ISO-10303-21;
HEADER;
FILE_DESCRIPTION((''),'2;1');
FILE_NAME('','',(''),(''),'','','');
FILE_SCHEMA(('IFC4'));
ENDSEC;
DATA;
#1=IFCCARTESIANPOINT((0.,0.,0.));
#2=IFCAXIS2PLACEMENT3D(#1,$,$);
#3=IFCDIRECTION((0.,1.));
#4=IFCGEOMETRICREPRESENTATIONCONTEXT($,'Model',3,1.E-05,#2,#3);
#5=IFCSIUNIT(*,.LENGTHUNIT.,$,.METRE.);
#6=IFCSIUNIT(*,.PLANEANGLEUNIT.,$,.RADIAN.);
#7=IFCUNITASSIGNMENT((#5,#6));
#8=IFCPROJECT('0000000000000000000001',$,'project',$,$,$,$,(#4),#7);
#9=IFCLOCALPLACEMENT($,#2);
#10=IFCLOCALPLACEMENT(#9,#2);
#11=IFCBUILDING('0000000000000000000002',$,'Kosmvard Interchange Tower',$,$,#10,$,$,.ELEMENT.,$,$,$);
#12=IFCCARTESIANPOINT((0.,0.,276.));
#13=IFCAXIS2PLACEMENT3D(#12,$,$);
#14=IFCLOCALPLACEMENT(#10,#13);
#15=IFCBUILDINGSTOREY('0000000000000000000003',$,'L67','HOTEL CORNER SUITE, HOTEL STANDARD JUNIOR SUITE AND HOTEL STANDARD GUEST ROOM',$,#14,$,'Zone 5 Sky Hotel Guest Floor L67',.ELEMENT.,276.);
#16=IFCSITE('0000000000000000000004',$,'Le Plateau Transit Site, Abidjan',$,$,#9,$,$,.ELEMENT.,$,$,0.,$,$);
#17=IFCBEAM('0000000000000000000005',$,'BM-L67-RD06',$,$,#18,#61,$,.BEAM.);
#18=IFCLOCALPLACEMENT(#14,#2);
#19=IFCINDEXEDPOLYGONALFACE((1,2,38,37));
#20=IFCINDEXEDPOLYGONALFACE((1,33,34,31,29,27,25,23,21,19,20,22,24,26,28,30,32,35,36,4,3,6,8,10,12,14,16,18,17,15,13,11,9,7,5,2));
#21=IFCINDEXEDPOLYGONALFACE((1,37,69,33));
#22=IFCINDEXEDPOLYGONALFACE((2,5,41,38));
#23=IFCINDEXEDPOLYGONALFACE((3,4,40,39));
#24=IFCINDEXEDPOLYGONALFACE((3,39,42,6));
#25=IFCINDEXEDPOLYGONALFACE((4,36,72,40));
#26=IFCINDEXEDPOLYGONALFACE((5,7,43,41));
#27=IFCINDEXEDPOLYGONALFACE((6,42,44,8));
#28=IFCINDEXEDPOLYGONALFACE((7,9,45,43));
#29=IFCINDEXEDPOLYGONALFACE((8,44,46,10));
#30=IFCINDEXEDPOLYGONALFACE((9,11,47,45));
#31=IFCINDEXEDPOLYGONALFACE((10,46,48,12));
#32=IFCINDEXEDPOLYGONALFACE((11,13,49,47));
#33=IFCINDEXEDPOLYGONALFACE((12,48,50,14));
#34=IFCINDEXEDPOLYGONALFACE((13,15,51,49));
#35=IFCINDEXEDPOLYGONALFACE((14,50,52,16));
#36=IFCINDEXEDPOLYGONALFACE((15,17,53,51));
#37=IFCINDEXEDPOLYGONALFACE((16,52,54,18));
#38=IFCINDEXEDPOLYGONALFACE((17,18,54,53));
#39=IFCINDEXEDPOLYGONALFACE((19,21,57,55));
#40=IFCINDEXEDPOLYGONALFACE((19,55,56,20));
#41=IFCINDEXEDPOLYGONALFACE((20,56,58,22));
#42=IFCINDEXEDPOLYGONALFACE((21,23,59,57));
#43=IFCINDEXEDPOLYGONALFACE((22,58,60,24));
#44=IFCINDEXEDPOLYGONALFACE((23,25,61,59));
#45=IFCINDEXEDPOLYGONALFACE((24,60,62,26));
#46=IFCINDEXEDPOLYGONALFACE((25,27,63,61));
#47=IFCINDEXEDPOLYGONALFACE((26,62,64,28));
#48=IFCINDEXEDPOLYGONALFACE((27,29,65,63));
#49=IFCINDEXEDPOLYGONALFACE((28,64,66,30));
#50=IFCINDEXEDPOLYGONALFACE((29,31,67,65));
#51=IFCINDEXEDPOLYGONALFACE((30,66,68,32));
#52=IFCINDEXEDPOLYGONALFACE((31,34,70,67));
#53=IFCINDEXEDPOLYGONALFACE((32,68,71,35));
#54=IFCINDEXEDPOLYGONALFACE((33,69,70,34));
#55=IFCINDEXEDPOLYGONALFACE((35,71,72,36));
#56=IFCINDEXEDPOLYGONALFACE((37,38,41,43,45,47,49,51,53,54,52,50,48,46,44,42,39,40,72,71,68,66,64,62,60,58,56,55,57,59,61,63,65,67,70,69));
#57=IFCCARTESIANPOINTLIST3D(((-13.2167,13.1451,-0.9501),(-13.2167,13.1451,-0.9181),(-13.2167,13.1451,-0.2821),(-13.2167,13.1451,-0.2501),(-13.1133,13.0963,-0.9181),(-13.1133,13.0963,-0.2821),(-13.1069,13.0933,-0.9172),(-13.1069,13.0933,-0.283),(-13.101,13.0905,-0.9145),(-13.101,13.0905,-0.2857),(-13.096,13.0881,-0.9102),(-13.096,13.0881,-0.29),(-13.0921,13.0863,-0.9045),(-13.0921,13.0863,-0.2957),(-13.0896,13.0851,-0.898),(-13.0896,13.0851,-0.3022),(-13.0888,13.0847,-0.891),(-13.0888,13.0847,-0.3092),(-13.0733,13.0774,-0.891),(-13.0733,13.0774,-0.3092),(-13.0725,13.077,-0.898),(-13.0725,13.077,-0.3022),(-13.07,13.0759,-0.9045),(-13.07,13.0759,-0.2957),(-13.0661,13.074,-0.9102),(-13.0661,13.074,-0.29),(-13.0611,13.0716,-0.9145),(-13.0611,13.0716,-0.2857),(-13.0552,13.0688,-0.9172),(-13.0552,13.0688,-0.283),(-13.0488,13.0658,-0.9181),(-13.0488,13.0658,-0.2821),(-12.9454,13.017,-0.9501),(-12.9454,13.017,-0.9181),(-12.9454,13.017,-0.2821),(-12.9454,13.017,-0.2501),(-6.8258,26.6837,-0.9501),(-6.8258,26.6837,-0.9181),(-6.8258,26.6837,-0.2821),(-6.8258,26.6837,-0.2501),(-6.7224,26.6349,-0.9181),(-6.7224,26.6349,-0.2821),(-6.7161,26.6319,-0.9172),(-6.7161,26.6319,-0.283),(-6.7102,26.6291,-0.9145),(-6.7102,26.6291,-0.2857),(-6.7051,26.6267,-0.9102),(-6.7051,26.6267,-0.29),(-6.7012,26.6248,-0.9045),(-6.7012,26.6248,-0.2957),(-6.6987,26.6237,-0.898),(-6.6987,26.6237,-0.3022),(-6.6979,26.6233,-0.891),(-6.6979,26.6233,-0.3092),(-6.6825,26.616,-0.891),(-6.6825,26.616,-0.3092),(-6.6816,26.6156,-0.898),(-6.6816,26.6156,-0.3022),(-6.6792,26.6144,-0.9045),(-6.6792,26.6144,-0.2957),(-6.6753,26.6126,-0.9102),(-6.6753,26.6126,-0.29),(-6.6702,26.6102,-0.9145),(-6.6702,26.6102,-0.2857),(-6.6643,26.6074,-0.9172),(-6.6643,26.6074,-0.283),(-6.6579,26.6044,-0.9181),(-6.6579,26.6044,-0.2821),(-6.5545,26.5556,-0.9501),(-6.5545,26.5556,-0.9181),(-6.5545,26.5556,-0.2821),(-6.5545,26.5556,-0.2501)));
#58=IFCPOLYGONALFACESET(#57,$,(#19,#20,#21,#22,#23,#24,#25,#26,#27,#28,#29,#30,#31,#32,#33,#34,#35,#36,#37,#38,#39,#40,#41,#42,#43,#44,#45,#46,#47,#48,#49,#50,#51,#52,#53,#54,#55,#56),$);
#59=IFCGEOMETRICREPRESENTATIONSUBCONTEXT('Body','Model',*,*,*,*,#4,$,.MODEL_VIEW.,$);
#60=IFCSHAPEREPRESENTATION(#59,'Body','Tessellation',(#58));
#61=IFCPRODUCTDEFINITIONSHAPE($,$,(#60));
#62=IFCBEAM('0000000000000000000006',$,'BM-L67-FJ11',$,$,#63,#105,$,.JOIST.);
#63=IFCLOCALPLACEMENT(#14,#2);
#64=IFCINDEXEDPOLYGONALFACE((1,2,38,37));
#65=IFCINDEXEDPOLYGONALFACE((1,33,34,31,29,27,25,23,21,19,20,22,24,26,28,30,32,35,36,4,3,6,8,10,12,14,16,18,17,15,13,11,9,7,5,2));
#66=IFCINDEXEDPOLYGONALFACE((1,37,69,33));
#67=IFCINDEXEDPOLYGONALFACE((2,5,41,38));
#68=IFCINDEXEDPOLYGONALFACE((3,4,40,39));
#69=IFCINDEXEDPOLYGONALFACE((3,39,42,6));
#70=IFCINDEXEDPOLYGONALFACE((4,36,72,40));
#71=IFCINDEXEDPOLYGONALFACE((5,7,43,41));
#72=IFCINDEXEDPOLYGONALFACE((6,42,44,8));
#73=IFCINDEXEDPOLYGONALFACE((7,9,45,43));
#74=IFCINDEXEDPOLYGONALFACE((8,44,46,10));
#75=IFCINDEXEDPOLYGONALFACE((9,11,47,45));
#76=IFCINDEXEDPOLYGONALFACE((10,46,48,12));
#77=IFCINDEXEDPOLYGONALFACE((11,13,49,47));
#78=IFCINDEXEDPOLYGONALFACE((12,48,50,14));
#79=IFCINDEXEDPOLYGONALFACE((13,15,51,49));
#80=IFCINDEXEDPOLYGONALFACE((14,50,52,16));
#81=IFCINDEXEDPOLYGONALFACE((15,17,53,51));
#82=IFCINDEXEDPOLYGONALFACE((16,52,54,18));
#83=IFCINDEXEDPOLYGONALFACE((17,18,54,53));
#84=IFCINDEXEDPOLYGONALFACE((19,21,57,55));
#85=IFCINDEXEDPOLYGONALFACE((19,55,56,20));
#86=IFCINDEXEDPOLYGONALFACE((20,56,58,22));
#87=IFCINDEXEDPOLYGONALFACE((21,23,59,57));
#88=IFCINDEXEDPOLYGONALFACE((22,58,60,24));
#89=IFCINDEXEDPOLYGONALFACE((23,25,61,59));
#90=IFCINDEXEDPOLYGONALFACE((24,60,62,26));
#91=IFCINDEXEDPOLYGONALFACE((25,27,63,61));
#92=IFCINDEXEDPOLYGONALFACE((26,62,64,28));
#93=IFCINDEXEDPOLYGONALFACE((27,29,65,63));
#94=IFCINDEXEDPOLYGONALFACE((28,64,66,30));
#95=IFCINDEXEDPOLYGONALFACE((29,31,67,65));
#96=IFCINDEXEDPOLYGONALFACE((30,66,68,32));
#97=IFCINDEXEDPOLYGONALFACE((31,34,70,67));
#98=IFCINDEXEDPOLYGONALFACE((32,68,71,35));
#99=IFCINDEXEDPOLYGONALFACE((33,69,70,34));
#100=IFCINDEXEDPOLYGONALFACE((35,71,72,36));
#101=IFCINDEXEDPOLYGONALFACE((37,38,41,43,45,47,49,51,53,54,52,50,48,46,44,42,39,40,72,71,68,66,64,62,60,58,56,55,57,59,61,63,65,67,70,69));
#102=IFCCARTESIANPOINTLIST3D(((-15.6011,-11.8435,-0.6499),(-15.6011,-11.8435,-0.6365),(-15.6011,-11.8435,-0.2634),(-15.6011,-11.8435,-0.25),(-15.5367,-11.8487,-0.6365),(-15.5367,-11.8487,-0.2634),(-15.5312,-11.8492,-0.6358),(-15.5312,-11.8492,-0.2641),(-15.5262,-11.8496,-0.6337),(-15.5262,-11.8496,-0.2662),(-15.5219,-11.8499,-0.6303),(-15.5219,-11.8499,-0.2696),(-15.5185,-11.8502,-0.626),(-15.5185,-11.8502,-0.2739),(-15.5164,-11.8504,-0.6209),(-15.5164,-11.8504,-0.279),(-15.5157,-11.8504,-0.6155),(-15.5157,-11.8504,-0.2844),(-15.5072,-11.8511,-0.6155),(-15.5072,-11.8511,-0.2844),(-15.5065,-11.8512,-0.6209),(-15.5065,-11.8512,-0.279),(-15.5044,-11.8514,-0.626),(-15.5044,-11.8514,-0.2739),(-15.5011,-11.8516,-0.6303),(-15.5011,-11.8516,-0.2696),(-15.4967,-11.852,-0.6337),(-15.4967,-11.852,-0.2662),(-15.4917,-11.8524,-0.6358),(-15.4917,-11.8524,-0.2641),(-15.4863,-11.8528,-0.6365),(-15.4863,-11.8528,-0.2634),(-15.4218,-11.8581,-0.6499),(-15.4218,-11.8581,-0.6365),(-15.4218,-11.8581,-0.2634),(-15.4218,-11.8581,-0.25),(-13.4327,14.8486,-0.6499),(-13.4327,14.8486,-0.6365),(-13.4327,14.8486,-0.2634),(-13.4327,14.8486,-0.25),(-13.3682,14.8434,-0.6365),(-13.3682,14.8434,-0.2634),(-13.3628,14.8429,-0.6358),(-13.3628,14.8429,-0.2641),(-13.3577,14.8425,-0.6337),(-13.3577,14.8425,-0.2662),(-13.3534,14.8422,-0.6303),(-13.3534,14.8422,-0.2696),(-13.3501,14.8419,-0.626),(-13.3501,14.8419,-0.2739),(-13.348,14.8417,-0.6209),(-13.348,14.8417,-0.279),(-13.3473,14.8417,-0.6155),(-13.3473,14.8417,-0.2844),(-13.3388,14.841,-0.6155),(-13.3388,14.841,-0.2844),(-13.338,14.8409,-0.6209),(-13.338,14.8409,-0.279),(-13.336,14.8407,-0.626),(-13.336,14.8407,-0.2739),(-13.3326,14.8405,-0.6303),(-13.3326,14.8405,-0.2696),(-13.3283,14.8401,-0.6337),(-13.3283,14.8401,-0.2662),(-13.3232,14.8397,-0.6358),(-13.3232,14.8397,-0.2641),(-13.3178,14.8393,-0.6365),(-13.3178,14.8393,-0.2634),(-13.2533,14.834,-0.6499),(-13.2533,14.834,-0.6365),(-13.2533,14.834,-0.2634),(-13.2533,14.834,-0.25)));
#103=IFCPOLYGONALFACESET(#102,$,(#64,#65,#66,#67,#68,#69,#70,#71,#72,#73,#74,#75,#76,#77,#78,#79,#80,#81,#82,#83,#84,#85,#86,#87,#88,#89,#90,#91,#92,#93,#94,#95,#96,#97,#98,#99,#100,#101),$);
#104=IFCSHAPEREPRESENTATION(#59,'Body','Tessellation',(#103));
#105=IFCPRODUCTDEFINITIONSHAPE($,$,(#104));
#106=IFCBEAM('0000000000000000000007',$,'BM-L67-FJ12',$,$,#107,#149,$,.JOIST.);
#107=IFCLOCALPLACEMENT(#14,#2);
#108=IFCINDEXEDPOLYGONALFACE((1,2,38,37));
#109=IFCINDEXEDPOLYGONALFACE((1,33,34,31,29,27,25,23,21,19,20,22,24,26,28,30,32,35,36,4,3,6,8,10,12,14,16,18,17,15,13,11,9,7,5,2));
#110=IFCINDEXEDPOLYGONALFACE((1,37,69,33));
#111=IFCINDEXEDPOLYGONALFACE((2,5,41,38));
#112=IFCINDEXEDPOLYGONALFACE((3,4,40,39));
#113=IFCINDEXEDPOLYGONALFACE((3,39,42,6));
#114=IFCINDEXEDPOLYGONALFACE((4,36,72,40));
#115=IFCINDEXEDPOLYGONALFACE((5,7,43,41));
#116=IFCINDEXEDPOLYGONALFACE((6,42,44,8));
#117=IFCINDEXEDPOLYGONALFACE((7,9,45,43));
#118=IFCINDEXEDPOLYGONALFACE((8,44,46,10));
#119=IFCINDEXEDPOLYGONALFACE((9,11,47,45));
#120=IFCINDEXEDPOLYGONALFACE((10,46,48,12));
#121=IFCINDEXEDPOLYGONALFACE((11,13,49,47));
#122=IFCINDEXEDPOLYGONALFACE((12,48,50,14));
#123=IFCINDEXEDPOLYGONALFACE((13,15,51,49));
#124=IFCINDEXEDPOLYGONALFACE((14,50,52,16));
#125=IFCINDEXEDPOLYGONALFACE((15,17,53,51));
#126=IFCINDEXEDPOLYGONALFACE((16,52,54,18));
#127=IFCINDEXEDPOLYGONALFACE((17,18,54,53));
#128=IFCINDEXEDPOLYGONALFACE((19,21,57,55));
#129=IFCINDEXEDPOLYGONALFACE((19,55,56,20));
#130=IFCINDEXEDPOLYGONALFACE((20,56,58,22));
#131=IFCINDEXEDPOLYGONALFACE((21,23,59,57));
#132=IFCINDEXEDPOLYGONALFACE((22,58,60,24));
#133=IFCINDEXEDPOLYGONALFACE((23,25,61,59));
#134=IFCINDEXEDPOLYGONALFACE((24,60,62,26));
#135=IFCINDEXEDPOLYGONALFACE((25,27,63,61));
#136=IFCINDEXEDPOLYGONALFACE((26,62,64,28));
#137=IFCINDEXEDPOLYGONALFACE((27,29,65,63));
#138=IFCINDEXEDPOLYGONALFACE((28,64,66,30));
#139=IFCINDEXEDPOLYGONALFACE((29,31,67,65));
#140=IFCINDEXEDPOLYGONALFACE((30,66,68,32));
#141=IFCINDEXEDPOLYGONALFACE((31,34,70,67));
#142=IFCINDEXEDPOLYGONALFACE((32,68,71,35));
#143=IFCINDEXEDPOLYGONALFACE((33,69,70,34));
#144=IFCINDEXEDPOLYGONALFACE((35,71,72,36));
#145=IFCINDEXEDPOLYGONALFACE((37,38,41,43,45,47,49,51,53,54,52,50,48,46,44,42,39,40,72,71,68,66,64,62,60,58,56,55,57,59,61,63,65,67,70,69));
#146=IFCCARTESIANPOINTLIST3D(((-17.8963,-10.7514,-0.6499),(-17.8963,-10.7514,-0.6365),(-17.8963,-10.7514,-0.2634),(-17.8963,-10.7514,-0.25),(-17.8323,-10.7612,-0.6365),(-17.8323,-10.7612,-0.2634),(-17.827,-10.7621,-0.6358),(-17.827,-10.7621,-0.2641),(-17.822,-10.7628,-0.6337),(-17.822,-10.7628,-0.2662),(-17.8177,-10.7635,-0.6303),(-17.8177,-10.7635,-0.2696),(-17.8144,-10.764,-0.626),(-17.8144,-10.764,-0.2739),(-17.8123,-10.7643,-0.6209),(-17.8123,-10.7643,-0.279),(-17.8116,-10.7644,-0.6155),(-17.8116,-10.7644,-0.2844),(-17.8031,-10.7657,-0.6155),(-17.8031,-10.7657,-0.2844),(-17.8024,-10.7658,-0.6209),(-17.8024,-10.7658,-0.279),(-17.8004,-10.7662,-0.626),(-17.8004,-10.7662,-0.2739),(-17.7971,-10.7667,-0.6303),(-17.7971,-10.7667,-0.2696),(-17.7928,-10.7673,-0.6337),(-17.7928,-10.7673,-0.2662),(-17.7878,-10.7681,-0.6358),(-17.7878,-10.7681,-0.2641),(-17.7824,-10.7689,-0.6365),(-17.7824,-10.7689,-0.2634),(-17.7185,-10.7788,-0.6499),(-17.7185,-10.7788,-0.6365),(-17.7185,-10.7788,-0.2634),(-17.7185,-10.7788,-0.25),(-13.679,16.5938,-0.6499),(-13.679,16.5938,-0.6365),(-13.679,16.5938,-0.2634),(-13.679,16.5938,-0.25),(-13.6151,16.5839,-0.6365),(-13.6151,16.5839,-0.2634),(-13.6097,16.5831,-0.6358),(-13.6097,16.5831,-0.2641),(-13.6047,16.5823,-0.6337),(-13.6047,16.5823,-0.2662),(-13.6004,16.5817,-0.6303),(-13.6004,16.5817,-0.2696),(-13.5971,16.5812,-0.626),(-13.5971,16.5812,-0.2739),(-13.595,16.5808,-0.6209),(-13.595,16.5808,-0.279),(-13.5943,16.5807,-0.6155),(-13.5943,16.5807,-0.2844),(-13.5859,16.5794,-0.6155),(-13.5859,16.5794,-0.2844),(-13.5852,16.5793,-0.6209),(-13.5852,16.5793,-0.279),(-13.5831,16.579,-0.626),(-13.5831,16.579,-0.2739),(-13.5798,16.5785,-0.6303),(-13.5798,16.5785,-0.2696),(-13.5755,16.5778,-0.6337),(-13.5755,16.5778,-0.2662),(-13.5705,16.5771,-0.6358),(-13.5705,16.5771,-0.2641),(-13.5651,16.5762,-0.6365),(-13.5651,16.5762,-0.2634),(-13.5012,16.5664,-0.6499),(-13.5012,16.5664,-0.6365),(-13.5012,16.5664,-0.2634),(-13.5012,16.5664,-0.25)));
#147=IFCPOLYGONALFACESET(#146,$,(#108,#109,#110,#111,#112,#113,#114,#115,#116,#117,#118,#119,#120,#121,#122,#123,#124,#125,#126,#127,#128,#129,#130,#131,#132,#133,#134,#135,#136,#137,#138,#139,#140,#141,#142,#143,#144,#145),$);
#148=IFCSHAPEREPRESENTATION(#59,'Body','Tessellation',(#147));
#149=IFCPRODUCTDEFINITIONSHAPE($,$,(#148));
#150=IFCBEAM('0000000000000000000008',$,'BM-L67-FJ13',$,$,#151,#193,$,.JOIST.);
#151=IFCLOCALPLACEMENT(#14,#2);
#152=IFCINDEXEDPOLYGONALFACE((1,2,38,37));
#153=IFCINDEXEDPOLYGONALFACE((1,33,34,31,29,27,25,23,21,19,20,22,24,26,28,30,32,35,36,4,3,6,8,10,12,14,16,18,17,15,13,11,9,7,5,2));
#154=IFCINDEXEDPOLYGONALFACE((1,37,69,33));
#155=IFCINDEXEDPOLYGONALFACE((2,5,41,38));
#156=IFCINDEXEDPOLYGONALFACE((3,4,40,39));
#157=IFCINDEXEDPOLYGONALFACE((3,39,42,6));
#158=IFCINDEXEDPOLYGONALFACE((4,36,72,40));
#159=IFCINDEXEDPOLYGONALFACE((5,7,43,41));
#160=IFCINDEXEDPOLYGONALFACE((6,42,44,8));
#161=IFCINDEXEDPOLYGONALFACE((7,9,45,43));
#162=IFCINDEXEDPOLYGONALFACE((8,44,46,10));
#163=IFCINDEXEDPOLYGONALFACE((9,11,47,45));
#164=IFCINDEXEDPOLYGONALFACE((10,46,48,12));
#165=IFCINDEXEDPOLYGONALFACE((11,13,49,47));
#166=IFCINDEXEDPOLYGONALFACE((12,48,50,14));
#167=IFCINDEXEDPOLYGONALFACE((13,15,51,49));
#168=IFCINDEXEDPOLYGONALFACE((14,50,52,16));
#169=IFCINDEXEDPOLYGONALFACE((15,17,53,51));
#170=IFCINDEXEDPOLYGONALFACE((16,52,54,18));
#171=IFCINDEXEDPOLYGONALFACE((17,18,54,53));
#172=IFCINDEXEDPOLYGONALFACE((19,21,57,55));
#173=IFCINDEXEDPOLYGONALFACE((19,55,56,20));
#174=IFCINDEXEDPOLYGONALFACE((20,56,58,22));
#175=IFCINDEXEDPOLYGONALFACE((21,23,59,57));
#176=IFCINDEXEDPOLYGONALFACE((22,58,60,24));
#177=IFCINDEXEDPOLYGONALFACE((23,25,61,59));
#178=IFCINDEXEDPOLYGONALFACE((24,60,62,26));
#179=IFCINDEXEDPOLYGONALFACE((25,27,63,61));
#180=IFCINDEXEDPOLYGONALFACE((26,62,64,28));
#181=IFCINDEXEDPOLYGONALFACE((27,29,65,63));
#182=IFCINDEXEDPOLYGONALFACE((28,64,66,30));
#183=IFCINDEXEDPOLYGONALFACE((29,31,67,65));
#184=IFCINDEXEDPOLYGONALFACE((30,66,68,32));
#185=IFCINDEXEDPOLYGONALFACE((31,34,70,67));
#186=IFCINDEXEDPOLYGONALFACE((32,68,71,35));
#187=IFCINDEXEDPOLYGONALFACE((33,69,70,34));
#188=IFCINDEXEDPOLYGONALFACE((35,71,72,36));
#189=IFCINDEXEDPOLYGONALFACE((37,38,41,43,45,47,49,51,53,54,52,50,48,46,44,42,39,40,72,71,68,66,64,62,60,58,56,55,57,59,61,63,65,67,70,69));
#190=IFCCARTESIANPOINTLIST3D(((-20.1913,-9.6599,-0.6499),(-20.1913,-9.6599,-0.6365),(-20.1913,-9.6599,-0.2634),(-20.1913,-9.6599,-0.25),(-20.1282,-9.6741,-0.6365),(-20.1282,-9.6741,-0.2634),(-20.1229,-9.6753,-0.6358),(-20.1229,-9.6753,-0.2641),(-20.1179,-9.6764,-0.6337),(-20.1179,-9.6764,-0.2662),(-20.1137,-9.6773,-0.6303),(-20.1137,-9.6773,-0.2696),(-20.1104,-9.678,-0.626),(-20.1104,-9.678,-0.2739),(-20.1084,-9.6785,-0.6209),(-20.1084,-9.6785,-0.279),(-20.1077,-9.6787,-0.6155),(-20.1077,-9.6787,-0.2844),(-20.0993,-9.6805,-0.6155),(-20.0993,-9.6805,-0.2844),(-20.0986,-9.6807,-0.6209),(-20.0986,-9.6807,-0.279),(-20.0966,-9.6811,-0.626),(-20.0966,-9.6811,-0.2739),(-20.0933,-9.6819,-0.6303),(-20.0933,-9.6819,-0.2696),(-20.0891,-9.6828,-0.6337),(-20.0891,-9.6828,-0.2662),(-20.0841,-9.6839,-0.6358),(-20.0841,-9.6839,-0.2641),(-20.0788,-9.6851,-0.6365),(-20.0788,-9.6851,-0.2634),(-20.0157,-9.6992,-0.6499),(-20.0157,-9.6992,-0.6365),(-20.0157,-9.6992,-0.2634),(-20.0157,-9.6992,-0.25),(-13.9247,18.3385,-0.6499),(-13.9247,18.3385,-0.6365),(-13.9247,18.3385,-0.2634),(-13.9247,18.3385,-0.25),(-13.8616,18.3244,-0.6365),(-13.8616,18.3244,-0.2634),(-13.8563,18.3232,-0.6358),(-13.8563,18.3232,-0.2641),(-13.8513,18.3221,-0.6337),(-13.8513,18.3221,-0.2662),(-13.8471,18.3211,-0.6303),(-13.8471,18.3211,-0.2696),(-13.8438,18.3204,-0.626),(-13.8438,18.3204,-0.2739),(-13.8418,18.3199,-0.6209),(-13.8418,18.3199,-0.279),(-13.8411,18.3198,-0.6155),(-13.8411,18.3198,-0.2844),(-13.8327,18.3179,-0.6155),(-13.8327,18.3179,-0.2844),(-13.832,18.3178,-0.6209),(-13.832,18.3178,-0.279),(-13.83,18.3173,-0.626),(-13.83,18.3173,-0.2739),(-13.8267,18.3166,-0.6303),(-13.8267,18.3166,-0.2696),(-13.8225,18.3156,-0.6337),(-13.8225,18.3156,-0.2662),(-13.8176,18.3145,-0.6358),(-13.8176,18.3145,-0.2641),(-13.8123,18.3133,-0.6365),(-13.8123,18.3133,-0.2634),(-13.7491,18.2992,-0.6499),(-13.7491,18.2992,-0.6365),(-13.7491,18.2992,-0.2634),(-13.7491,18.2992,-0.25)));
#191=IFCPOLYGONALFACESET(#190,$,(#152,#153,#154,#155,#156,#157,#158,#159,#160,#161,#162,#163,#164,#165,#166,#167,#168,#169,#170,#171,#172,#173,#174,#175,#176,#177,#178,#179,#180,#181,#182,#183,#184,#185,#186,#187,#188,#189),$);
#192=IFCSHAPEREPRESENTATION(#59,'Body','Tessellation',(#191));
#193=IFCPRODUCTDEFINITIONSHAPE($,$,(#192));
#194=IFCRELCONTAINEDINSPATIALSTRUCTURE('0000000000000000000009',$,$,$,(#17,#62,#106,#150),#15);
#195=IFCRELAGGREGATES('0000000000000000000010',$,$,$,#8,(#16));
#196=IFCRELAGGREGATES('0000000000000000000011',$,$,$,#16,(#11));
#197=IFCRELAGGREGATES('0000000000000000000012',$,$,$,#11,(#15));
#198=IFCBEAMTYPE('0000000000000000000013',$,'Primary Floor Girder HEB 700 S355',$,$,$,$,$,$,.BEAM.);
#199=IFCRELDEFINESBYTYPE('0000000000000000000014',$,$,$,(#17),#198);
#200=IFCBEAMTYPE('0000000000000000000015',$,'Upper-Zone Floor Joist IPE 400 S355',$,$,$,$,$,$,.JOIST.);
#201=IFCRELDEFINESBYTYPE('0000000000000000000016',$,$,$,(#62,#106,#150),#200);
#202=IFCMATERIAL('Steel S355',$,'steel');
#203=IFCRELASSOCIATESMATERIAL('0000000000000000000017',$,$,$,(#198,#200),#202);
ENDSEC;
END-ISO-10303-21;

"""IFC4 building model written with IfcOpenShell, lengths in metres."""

from ifc_helpers import new_model, si_unit, direction, frame, origin, origin_2d, place, context, subcontext, project, spatial, i_section, extrude, source, transform, mapped, material, material_profile, profile_set, type_object, element, save


model = new_model("IFC4")

# Units and contexts
model_context = context("Model", 3, precision=1e-05, world=origin(), true_north=direction((0.0, 1.0)))
body_context = subcontext(model_context, "Body", "Model", "MODEL_VIEW")
ifc_project = project(units=[si_unit("LENGTHUNIT", "METRE"), si_unit("PLANEANGLEUNIT", "RADIAN")], contexts=[model_context])

# Site, building, storey
site_placement = place(None, origin())
site = spatial("IfcSite", under=ifc_project, at=site_placement, Name="Le Plateau Transit Site, Abidjan", CompositionType="ELEMENT", RefElevation=0.0)
building_placement = place(site_placement, origin())
building = spatial("IfcBuilding", under=site, at=building_placement, Name="Kosmvard Interchange Tower", CompositionType="ELEMENT")
storey_placement = place(building_placement, frame((0.0, 0.0, 276.0)))
storey = spatial("IfcBuildingStorey", under=building, at=storey_placement, Name="L67", Description="HOTEL CORNER SUITE, HOTEL STANDARD JUNIOR SUITE AND HOTEL STANDARD GUEST ROOM", LongName="Zone 5 Sky Hotel Guest Floor L67", CompositionType="ELEMENT", Elevation=276.0)

# Beams
ifc_material_1 = material(Name="Steel S355", Category="steel")
ifc_material_profile_1 = material_profile(ifc_material_1, i_section(OverallWidth=0.3, OverallDepth=0.7, WebThickness=0.0171, FlangeThickness=0.032, FilletRadius=0.0271, at=origin_2d()), Name="HEB 700")
ifc_profile_set_1 = profile_set([ifc_material_profile_1], Name="Steel S355")
beam_type_1 = type_object("IfcBeamType", Name="Primary Floor Girder HEB 700 S355", PredefinedType="BEAM", material=ifc_profile_set_1)
shared_shape_1 = source(origin(), body_context, "Body", "SweptSolid", [
    extrude(i_section(OverallWidth=0.3, OverallDepth=0.7, WebThickness=0.0171, FlangeThickness=0.032, FilletRadius=0.0271, at=origin_2d()), origin(), (0.0, 0.0, 1.0), 14.9712),
])
beam_1_placement = place(storey_placement, frame((-13.0811, 13.0811, -0.6001), z_axis=(0.426878, 0.904309, 0.0), x_axis=(-0.904309, 0.426878, 0.0)))
element("IfcBeam", 1, at=beam_1_placement, inside=storey, type_object=beam_type_1, Name="BM-L67-RD06", PredefinedType="BEAM", context=body_context, shape_type="MappedRepresentation", body=[
    mapped(shared_shape_1, transform((0.0, 0.0, 0.0), scale=1.0)),
])
ifc_material_profile_2 = material_profile(ifc_material_1, i_section(OverallWidth=0.1799, OverallDepth=0.3999, WebThickness=0.0085, FlangeThickness=0.0134, FilletRadius=0.021, at=origin_2d()), Name="IPE 400")
ifc_profile_set_2 = profile_set([ifc_material_profile_2], Name="Steel S355")
beam_type_2 = type_object("IfcBeamType", Name="Upper-Zone Floor Joist IPE 400 S355", PredefinedType="JOIST", material=ifc_profile_set_2)
shared_shape_2 = source(origin(), body_context, "Body", "SweptSolid", [
    extrude(i_section(OverallWidth=0.1799, OverallDepth=0.3999, WebThickness=0.0085, FlangeThickness=0.0134, FilletRadius=0.021, at=origin_2d()), origin(), (0.0, 0.0, 1.0), 26.78),
])
beam_2_placement = place(storey_placement, frame((-13.343, 14.8413, -0.45), z_axis=(-0.080973, -0.996716, 0.0), x_axis=(0.996716, -0.080973, 0.0)))
element("IfcBeam", 2, at=beam_2_placement, inside=storey, type_object=beam_type_2, Name="BM-L67-FJ11", PredefinedType="JOIST", context=body_context, shape_type="MappedRepresentation", body=[
    mapped(shared_shape_2, transform((0.0, 0.0, 0.0), scale=1.0)),
])
shared_shape_3 = source(origin(), body_context, "Body", "SweptSolid", [
    extrude(i_section(OverallWidth=0.1799, OverallDepth=0.3999, WebThickness=0.0085, FlangeThickness=0.0134, FilletRadius=0.021, at=origin_2d()), origin(), (0.0, 0.0, 1.0), 27.6685),
])
beam_3_placement = place(storey_placement, frame((-13.5901, 16.5801, -0.45), z_axis=(-0.152422, -0.988316, 0.0), x_axis=(0.988316, -0.152422, 0.0)))
element("IfcBeam", 3, at=beam_3_placement, inside=storey, type_object=beam_type_2, Name="BM-L67-FJ12", PredefinedType="JOIST", context=body_context, shape_type="MappedRepresentation", body=[
    mapped(shared_shape_3, transform((0.0, 0.0, 0.0), scale=1.0)),
])
shared_shape_4 = source(origin(), body_context, "Body", "SweptSolid", [
    extrude(i_section(OverallWidth=0.1799, OverallDepth=0.3999, WebThickness=0.0085, FlangeThickness=0.0134, FilletRadius=0.021, at=origin_2d()), origin(), (0.0, 0.0, 1.0), 28.6912),
])
beam_4_placement = place(storey_placement, frame((-13.8369, 18.3188, -0.45), z_axis=(-0.218415, -0.975856, 0.0), x_axis=(0.975856, -0.218415, 0.0)))
element("IfcBeam", 4, at=beam_4_placement, inside=storey, type_object=beam_type_2, Name="BM-L67-FJ13", PredefinedType="JOIST", context=body_context, shape_type="MappedRepresentation", body=[
    mapped(shared_shape_4, transform((0.0, 0.0, 0.0), scale=1.0)),
])

save(model, "model.ifc")
